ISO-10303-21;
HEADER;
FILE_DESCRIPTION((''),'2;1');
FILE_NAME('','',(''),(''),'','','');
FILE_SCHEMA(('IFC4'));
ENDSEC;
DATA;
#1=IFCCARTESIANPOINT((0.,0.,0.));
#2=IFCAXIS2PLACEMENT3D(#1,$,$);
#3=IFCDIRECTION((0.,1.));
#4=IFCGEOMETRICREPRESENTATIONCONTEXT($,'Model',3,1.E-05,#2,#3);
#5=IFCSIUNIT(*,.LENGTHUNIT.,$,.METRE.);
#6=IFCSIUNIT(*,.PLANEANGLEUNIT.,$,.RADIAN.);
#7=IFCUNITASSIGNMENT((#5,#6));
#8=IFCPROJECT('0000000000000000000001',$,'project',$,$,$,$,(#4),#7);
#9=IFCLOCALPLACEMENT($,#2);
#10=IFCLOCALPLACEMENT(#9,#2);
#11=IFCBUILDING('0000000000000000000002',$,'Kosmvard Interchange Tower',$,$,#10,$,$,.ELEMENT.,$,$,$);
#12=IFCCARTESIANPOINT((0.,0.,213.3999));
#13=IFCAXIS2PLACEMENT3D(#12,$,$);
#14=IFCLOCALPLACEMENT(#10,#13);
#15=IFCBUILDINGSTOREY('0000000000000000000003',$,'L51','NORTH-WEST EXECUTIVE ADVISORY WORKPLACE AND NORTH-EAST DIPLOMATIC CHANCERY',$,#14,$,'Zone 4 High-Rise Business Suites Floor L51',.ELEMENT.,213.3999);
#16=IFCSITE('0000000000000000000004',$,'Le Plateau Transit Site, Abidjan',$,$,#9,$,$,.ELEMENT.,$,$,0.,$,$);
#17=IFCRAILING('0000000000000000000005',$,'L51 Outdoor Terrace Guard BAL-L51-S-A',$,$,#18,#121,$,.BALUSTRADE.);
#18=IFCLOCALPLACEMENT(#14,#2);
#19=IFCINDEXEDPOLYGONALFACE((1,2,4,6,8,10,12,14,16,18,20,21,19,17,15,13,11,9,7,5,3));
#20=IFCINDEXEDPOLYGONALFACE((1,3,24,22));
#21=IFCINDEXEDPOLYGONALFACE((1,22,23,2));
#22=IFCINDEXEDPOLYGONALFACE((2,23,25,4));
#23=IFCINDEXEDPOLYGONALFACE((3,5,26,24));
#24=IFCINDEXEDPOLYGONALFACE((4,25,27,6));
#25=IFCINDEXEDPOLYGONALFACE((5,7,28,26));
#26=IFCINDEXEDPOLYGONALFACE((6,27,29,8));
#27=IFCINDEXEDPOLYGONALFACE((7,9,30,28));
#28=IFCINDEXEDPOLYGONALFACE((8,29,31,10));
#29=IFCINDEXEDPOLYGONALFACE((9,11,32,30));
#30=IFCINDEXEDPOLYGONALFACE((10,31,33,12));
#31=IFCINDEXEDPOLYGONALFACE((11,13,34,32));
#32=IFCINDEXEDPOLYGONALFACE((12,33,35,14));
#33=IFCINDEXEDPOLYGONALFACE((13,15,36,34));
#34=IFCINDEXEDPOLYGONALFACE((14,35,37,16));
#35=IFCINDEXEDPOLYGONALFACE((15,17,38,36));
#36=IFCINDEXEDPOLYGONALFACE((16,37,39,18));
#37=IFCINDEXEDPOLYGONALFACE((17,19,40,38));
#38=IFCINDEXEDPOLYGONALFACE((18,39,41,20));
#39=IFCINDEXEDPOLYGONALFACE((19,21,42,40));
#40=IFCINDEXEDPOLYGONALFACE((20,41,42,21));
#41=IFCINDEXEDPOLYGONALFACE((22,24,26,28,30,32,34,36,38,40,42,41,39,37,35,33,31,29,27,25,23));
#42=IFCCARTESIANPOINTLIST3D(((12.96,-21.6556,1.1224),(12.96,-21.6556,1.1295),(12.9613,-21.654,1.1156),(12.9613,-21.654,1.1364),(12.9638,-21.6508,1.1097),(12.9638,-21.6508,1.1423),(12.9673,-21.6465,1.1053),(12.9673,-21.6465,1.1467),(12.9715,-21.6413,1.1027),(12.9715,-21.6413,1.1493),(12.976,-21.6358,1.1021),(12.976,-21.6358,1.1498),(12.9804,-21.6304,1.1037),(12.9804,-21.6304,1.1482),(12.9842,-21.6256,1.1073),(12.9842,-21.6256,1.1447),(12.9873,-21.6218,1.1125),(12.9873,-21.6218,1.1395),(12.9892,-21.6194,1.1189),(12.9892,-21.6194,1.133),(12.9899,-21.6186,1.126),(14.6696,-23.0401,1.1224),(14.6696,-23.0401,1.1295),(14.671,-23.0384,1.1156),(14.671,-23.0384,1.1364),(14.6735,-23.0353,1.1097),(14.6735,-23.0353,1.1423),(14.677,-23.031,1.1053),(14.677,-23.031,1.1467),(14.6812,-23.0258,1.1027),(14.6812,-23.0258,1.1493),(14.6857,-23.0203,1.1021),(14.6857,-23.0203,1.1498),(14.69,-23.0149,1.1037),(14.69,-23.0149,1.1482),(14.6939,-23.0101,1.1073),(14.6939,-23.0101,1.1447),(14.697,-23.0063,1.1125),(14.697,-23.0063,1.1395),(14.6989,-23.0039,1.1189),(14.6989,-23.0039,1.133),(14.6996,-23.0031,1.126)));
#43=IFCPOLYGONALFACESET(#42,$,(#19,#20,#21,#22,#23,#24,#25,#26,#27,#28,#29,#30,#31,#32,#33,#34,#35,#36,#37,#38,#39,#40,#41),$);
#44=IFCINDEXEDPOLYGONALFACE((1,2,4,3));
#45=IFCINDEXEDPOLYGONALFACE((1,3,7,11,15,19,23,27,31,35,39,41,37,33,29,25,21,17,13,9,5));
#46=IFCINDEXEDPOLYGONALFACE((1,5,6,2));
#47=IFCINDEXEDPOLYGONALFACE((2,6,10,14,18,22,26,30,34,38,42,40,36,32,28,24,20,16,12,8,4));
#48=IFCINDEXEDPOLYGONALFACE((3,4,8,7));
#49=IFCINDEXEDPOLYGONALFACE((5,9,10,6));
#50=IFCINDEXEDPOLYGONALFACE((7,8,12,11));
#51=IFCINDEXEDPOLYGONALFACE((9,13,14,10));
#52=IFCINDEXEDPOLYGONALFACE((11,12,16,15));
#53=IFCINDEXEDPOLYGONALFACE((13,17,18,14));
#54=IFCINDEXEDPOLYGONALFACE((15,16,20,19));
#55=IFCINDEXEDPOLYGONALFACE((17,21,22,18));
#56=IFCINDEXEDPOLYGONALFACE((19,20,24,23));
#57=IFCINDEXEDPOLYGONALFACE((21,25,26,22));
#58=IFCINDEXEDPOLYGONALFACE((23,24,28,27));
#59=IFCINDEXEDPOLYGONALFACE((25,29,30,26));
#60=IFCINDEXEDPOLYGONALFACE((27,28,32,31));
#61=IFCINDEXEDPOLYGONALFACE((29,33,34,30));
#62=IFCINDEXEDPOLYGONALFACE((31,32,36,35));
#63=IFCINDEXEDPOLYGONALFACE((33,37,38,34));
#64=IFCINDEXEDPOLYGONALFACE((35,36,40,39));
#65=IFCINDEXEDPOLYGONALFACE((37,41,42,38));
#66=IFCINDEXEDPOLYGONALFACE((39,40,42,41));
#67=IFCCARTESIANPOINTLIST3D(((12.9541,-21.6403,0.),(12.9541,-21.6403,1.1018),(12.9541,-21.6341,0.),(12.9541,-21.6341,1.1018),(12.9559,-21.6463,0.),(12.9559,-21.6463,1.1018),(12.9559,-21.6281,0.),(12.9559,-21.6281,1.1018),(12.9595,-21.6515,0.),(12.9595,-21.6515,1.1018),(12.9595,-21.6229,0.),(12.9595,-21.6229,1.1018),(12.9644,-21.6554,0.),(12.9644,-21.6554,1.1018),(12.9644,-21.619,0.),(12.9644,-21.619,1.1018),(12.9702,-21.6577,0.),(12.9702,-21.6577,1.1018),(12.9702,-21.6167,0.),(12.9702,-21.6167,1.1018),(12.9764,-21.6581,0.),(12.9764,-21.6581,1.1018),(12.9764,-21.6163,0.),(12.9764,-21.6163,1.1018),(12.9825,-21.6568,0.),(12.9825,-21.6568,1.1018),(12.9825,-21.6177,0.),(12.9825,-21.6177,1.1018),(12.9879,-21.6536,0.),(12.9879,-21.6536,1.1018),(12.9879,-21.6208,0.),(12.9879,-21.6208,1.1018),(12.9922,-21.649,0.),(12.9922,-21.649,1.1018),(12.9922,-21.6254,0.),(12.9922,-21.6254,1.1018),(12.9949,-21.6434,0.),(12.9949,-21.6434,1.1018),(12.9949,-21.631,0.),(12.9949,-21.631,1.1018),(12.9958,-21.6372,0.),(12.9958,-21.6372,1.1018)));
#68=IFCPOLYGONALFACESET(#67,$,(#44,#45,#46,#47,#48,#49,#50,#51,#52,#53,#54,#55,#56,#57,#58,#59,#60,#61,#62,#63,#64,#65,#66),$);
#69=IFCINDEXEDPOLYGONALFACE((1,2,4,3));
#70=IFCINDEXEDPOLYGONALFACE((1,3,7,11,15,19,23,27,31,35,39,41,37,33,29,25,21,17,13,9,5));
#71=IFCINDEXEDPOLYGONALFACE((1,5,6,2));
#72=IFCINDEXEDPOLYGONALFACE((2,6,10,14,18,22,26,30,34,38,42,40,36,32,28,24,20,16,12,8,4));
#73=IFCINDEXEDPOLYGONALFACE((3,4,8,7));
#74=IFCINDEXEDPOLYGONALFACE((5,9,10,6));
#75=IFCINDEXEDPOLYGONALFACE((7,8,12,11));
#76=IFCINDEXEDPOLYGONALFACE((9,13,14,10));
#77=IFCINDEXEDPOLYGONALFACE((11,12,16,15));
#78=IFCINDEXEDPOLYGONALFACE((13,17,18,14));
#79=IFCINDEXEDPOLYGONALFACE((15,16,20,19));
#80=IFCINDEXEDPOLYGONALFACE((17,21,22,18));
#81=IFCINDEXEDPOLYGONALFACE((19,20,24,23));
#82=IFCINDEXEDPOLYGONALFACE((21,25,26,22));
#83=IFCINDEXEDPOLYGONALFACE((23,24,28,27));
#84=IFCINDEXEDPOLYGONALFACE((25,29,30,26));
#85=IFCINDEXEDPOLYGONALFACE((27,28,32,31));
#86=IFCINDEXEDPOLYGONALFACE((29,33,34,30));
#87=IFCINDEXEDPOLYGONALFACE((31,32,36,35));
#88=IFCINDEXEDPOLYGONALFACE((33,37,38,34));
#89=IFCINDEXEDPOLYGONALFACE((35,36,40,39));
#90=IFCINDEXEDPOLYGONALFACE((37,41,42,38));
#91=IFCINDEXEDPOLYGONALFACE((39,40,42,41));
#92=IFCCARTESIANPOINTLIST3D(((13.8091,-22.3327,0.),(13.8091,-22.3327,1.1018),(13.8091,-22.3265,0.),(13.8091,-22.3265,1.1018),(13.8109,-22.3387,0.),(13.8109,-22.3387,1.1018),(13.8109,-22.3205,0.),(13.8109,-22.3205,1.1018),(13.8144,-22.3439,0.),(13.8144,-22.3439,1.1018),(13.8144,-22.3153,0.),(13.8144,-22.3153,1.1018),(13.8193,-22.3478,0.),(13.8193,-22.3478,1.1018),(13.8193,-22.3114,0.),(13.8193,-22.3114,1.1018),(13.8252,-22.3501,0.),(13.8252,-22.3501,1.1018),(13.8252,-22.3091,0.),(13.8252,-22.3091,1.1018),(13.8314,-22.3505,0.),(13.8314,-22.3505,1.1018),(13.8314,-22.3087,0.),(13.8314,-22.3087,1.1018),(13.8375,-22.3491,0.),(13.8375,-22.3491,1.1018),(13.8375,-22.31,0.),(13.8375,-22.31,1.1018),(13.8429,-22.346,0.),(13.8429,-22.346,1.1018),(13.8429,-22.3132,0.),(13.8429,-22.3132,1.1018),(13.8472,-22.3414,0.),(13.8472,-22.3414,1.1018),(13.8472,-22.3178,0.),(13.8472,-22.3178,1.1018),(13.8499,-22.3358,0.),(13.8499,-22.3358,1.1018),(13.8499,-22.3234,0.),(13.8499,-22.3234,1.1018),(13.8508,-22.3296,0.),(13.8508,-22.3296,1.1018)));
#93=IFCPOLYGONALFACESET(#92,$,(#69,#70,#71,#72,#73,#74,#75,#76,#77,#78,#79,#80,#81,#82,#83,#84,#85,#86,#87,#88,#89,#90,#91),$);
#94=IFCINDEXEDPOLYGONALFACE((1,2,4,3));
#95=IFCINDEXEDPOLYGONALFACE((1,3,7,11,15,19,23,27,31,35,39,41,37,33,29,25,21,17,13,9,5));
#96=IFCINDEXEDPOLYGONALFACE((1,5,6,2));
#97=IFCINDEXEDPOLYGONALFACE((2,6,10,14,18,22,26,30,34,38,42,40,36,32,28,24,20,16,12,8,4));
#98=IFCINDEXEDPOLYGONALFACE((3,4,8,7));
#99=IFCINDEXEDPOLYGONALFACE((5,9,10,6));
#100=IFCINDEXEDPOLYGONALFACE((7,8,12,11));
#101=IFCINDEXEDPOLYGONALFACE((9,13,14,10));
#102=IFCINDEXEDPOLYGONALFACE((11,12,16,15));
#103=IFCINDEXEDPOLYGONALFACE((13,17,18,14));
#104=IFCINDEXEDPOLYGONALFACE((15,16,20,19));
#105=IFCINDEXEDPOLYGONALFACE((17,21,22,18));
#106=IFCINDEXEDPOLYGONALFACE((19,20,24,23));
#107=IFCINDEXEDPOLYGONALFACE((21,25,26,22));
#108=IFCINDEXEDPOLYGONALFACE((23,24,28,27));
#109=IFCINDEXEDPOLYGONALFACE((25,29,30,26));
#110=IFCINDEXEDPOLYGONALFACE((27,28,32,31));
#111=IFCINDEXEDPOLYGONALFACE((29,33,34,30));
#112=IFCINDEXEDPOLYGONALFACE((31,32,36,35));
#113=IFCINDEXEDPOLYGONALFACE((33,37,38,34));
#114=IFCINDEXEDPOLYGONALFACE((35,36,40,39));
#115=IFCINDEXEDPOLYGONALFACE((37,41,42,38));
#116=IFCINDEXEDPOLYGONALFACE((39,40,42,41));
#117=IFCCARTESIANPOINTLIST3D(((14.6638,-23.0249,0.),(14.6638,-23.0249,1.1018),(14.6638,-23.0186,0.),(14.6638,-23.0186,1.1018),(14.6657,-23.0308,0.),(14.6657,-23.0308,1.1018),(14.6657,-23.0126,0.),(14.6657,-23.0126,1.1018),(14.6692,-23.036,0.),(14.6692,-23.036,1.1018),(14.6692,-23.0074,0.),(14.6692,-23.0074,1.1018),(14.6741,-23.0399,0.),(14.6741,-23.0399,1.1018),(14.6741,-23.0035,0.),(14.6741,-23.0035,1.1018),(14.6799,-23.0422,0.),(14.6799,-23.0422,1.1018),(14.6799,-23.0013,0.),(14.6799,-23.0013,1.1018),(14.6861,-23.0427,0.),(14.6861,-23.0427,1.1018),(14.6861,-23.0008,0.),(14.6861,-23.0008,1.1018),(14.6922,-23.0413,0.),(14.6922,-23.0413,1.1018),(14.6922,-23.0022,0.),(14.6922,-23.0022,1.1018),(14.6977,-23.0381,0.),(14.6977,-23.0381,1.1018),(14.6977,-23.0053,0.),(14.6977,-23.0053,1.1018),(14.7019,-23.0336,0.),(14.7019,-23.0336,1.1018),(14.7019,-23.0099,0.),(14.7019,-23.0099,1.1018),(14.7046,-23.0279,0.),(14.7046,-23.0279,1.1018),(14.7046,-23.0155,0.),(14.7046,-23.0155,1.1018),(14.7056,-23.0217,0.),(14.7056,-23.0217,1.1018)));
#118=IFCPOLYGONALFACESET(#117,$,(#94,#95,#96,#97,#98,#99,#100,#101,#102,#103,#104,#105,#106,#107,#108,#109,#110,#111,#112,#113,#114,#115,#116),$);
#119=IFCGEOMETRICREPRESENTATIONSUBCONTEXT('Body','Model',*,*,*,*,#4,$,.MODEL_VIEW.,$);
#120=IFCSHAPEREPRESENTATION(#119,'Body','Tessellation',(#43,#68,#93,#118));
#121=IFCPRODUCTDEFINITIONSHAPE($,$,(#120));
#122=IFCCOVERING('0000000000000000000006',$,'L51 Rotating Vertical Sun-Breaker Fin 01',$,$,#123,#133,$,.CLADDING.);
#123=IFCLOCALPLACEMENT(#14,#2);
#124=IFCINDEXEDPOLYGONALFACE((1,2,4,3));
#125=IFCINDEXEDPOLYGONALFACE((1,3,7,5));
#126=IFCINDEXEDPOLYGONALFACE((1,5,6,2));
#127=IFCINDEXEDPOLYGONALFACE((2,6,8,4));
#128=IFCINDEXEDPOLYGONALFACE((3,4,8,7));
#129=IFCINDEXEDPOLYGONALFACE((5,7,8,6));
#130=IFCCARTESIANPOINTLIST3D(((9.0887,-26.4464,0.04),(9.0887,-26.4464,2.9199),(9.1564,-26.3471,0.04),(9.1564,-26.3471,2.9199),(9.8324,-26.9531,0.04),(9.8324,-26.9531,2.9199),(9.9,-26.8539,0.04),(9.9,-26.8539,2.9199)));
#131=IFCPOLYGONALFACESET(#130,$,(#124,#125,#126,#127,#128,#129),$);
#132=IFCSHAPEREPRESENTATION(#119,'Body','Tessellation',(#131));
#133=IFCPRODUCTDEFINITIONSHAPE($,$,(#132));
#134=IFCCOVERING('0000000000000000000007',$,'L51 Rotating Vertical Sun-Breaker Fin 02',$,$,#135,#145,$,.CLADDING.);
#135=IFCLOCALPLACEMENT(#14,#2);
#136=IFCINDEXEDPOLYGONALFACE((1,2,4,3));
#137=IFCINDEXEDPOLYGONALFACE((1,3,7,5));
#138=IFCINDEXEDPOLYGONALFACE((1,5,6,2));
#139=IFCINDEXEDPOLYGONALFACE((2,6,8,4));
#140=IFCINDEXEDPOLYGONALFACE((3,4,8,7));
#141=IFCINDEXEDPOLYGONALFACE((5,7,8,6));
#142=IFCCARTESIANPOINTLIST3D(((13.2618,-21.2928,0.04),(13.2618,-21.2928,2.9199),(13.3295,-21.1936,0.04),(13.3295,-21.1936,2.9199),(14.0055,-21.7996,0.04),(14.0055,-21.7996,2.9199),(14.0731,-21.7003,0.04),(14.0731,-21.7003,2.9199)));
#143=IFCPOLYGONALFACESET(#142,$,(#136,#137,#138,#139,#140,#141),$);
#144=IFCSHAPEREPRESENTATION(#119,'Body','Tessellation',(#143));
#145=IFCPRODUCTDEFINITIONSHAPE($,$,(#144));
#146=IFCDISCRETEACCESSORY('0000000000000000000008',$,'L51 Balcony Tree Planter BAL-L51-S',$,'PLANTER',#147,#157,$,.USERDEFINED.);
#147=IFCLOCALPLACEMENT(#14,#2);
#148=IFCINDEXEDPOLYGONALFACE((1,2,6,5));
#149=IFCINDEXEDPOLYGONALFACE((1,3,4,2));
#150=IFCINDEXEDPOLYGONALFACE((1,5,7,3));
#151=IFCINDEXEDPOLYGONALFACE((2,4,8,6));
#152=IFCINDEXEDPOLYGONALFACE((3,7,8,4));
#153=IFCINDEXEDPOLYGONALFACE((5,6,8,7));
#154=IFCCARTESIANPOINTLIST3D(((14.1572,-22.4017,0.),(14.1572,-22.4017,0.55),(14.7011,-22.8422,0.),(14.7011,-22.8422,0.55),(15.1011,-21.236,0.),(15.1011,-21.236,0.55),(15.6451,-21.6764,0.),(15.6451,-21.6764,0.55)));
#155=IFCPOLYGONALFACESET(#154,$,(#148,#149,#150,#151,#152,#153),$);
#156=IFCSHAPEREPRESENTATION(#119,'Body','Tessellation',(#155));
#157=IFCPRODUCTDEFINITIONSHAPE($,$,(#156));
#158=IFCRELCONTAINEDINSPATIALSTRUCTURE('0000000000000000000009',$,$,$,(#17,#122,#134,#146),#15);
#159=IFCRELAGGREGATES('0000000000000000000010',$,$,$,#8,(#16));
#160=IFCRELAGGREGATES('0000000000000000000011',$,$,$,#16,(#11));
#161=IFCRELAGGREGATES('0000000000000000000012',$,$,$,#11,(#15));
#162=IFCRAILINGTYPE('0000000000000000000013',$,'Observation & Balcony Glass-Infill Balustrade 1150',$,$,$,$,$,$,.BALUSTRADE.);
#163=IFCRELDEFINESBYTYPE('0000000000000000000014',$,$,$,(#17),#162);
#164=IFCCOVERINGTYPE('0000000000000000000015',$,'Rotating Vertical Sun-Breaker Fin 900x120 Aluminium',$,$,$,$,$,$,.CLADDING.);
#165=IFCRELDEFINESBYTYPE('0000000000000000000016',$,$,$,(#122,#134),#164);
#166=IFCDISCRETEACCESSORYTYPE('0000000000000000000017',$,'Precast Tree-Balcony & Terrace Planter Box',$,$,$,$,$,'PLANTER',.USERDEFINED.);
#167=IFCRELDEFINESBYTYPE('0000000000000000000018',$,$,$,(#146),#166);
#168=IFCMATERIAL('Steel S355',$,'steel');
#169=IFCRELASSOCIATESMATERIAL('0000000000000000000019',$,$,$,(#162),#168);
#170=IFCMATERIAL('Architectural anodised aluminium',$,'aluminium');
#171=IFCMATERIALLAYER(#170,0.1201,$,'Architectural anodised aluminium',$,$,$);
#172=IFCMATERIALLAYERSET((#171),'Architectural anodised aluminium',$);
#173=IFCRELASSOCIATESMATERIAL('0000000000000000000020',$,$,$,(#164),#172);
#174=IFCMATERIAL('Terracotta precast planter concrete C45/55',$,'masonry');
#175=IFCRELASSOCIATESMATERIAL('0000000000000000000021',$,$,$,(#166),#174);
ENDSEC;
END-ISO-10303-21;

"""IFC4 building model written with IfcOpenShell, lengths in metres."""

from ifc_helpers import new_model, si_unit, direction, frame, origin, origin_2d, place, context, subcontext, project, spatial, rectangle, circle, extrude, source, transform, mapped, material, layer, layer_set, type_object, element, save


model = new_model("IFC4")

# Units and contexts
model_context = context("Model", 3, precision=1e-05, world=origin(), true_north=direction((0.0, 1.0)))
body_context = subcontext(model_context, "Body", "Model", "MODEL_VIEW")
ifc_project = project(units=[si_unit("LENGTHUNIT", "METRE"), si_unit("PLANEANGLEUNIT", "RADIAN")], contexts=[model_context])

# Site, building, storey
site_placement = place(None, origin())
site = spatial("IfcSite", under=ifc_project, at=site_placement, Name="Le Plateau Transit Site, Abidjan", CompositionType="ELEMENT", RefElevation=0.0)
building_placement = place(site_placement, origin())
building = spatial("IfcBuilding", under=site, at=building_placement, Name="Kosmvard Interchange Tower", CompositionType="ELEMENT")
storey_placement = place(building_placement, frame((0.0, 0.0, 213.3999)))
storey = spatial("IfcBuildingStorey", under=building, at=storey_placement, Name="L51", Description="NORTH-WEST EXECUTIVE ADVISORY WORKPLACE AND NORTH-EAST DIPLOMATIC CHANCERY", LongName="Zone 4 High-Rise Business Suites Floor L51", CompositionType="ELEMENT", Elevation=213.3999)

# Shared definitions
ifc_material_1 = material(Name="Steel S355", Category="steel")

# Railing
railing_type = type_object("IfcRailingType", Name="Observation & Balcony Glass-Infill Balustrade 1150", PredefinedType="BALUSTRADE", material=ifc_material_1)
shared_shape_1 = source(origin(), body_context, "Body", "SweptSolid", [
    extrude(circle(Radius=0.0239, at=origin_2d()), frame((0.0, 0.0, 1.126), z_axis=(0.777141, -0.629326, 0.0), x_axis=(0.629326, 0.777141, 0.0)), (0.0, 0.0, 1.0), 2.2),
    extrude(circle(Radius=0.021, at=origin_2d()), origin(), (0.0, 0.0, 1.0), 1.1018),
    extrude(circle(Radius=0.021, at=origin_2d()), frame((0.855, -0.6924, 0.0)), (0.0, 0.0, 1.0), 1.1018),
    extrude(circle(Radius=0.021, at=origin_2d()), frame((1.7097, -1.3845, 0.0)), (0.0, 0.0, 1.0), 1.1018),
])
railing_1_placement = place(storey_placement, frame((12.9749, -21.6372, 0.0)))
element("IfcRailing", 1, at=railing_1_placement, inside=storey, type_object=railing_type, Name="L51 Outdoor Terrace Guard BAL-L51-S-A", PredefinedType="BALUSTRADE", context=body_context, shape_type="MappedRepresentation", body=[
    mapped(shared_shape_1, transform((0.0, 0.0, 0.0), scale=1.0)),
])

# Coverings
ifc_material_2 = material(Name="Architectural anodised aluminium", Category="aluminium")
ifc_layer_1 = layer(ifc_material_2, 0.1201, Name="Architectural anodised aluminium")
ifc_layer_set_1 = layer_set([ifc_layer_1], Name="Architectural anodised aluminium")
covering_type = type_object("IfcCoveringType", Name="Rotating Vertical Sun-Breaker Fin 900x120 Aluminium", PredefinedType="CLADDING", material=ifc_layer_set_1)
shared_shape_2 = source(origin(), body_context, "Body", "SweptSolid", [
    extrude(rectangle(XDim=0.8999, YDim=0.1201, at=origin_2d()), origin(), (0.0, 0.0, 1.0), 2.8799),
])
for number, where, z_axis, x_axis, name in (
    (2, (9.4944, -26.6501, 0.04), (0.0, 0.0, 1.0), (0.826393, -0.563093, 0.0), "L51 Rotating Vertical Sun-Breaker Fin 01"),
    (3, (13.6675, -21.4966, 0.04), (0.0, 0.0, 1.0), (0.826393, -0.563093, 0.0), "L51 Rotating Vertical Sun-Breaker Fin 02"),
):
    element("IfcCovering", number, at=place(storey_placement, frame(where, z_axis=z_axis, x_axis=x_axis)), inside=storey, type_object=covering_type, Name=name, PredefinedType="CLADDING", context=body_context, shape_type="MappedRepresentation", body=[
        mapped(shared_shape_2, transform((0.0, 0.0, 0.0), scale=1.0)),
    ])

# Discrete accessory
ifc_material_3 = material(Name="Terracotta precast planter concrete C45/55", Category="masonry")
discrete_accessory_type = type_object("IfcDiscreteAccessoryType", Name="Precast Tree-Balcony & Terrace Planter Box", ElementType="PLANTER", PredefinedType="USERDEFINED", material=ifc_material_3)
shared_shape_3 = source(origin(), body_context, "Body", "SweptSolid", [
    extrude(rectangle(XDim=1.5, YDim=0.7, at=origin_2d()), origin(), (0.0, 0.0, 1.0), 0.55),
])
discrete_accessory_placement = place(storey_placement, frame((14.9011, -22.0391, 0.0), z_axis=(0.0, 0.0, 1.0), x_axis=(0.62932, 0.777146, 0.0)))
element("IfcDiscreteAccessory", 4, at=discrete_accessory_placement, inside=storey, type_object=discrete_accessory_type, Name="L51 Balcony Tree Planter BAL-L51-S", ObjectType="PLANTER", PredefinedType="USERDEFINED", context=body_context, shape_type="MappedRepresentation", body=[
    mapped(shared_shape_3, transform((0.0, 0.0, 0.0), scale=1.0)),
])

save(model, "model.ifc")
